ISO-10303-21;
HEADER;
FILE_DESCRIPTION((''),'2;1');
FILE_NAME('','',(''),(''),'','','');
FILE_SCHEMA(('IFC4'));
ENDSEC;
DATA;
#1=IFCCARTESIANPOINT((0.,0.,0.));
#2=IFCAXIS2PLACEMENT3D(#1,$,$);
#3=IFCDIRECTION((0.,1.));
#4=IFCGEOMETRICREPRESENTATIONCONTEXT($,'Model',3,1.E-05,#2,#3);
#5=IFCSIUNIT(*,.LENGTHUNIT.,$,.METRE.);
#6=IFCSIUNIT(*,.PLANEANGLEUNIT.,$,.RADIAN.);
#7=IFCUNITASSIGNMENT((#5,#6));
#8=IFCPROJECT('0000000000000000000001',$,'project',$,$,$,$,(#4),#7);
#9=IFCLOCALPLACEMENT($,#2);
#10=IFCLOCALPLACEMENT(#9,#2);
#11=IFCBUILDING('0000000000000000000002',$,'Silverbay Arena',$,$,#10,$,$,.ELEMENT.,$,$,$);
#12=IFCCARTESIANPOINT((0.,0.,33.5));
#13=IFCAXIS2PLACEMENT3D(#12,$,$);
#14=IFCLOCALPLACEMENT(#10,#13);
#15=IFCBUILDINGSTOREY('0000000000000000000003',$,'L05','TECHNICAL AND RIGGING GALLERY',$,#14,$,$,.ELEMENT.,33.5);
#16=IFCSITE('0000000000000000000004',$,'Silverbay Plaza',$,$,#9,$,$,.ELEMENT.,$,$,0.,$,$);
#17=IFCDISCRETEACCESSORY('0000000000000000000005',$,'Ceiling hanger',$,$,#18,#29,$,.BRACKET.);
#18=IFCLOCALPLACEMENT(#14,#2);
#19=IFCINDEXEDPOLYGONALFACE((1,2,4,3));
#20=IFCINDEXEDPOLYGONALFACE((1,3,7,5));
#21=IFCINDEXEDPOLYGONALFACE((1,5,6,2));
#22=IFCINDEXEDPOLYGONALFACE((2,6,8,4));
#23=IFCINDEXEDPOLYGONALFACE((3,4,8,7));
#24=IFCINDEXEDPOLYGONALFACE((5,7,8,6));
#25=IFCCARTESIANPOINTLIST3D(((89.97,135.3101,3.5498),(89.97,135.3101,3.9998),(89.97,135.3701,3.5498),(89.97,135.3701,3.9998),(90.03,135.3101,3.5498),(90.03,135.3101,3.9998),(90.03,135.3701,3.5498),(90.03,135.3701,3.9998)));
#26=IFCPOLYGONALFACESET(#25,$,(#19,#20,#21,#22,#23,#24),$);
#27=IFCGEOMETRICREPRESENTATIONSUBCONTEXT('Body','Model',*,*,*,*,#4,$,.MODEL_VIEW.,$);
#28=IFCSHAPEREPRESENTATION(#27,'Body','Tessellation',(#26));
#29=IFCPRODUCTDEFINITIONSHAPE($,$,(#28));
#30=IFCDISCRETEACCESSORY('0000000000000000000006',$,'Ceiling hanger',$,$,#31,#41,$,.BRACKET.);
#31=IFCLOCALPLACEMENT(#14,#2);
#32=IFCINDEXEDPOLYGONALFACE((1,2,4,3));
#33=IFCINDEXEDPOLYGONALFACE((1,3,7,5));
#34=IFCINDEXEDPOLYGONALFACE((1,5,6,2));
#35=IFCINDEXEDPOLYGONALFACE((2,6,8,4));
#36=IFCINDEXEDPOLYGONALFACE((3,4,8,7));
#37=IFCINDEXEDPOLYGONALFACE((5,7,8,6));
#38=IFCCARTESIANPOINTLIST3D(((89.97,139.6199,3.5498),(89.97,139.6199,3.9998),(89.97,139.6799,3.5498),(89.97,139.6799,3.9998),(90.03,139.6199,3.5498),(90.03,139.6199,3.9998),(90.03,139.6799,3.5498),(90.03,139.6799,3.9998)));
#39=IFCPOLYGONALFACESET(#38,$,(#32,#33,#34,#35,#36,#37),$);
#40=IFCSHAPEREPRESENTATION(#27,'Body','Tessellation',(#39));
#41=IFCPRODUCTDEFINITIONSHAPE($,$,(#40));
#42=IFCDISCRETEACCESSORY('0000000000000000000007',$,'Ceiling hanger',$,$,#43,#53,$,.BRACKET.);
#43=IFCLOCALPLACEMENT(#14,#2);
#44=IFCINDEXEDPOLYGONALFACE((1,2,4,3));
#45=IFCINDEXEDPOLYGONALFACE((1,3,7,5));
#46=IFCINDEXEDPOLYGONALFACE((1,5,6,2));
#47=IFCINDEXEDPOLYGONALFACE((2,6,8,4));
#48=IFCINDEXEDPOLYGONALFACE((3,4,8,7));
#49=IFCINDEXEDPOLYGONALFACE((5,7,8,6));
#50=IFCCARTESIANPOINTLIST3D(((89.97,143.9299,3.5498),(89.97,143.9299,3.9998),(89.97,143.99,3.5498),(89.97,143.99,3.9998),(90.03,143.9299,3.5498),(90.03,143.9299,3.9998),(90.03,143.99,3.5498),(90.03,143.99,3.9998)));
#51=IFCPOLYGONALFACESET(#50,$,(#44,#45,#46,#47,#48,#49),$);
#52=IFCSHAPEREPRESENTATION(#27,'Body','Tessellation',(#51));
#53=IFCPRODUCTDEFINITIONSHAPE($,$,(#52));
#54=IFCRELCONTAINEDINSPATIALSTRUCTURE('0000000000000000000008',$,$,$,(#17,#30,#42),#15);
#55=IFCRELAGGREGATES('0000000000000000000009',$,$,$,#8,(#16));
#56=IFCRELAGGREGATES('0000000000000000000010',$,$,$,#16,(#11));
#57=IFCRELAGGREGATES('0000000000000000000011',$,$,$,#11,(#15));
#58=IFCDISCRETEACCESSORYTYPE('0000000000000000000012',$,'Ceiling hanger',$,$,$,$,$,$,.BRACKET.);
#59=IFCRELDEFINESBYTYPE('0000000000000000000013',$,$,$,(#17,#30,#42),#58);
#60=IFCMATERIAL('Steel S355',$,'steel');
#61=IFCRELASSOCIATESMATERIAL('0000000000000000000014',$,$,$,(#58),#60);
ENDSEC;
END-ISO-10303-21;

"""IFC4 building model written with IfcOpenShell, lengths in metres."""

from ifc_helpers import new_model, si_unit, direction, frame, origin, origin_2d, place, context, subcontext, project, spatial, rectangle, extrude, material, type_object, element, save


model = new_model("IFC4")

# Units and contexts
model_context = context("Model", 3, precision=1e-05, world=origin(), true_north=direction((0.0, 1.0)))
body_context = subcontext(model_context, "Body", "Model", "MODEL_VIEW")
ifc_project = project(units=[si_unit("LENGTHUNIT", "METRE"), si_unit("PLANEANGLEUNIT", "RADIAN")], contexts=[model_context])

# Site, building, storey
site_placement = place(None, origin())
site = spatial("IfcSite", under=ifc_project, at=site_placement, Name="Silverbay Plaza", CompositionType="ELEMENT", RefElevation=0.0)
building_placement = place(site_placement, origin())
building = spatial("IfcBuilding", under=site, at=building_placement, Name="Silverbay Arena", CompositionType="ELEMENT")
storey_placement = place(building_placement, frame((0.0, 0.0, 33.5)))
storey = spatial("IfcBuildingStorey", under=building, at=storey_placement, Name="L05", Description="TECHNICAL AND RIGGING GALLERY", CompositionType="ELEMENT", Elevation=33.5)

# Discrete accessories
ifc_material_1 = material(Name="Steel S355", Category="steel")
discrete_accessory_type = type_object("IfcDiscreteAccessoryType", Name="Ceiling hanger", PredefinedType="BRACKET", material=ifc_material_1)
for number, where, z_axis, x_axis, name in (
    (1, (90.0, 135.3401, 3.5498), (0.0, 0.0, 1.0), (1.0, 0.0, 0.0), "Ceiling hanger"),
    (2, (90.0, 139.6499, 3.5498), (0.0, 0.0, 1.0), (1.0, 0.0, 0.0), "Ceiling hanger"),
    (3, (90.0, 143.96, 3.5498), (0.0, 0.0, 1.0), (1.0, 0.0, 0.0), "Ceiling hanger"),
):
    element("IfcDiscreteAccessory", number, at=place(storey_placement, frame(where, z_axis=z_axis, x_axis=x_axis)), inside=storey, type_object=discrete_accessory_type, Name=name, PredefinedType="BRACKET", context=body_context, shape_type="SweptSolid", body=[
        extrude(rectangle(XDim=0.0601, YDim=0.0601, at=origin_2d()), origin(), (0.0, 0.0, 1.0), 0.45),
    ])

save(model, "model.ifc")
